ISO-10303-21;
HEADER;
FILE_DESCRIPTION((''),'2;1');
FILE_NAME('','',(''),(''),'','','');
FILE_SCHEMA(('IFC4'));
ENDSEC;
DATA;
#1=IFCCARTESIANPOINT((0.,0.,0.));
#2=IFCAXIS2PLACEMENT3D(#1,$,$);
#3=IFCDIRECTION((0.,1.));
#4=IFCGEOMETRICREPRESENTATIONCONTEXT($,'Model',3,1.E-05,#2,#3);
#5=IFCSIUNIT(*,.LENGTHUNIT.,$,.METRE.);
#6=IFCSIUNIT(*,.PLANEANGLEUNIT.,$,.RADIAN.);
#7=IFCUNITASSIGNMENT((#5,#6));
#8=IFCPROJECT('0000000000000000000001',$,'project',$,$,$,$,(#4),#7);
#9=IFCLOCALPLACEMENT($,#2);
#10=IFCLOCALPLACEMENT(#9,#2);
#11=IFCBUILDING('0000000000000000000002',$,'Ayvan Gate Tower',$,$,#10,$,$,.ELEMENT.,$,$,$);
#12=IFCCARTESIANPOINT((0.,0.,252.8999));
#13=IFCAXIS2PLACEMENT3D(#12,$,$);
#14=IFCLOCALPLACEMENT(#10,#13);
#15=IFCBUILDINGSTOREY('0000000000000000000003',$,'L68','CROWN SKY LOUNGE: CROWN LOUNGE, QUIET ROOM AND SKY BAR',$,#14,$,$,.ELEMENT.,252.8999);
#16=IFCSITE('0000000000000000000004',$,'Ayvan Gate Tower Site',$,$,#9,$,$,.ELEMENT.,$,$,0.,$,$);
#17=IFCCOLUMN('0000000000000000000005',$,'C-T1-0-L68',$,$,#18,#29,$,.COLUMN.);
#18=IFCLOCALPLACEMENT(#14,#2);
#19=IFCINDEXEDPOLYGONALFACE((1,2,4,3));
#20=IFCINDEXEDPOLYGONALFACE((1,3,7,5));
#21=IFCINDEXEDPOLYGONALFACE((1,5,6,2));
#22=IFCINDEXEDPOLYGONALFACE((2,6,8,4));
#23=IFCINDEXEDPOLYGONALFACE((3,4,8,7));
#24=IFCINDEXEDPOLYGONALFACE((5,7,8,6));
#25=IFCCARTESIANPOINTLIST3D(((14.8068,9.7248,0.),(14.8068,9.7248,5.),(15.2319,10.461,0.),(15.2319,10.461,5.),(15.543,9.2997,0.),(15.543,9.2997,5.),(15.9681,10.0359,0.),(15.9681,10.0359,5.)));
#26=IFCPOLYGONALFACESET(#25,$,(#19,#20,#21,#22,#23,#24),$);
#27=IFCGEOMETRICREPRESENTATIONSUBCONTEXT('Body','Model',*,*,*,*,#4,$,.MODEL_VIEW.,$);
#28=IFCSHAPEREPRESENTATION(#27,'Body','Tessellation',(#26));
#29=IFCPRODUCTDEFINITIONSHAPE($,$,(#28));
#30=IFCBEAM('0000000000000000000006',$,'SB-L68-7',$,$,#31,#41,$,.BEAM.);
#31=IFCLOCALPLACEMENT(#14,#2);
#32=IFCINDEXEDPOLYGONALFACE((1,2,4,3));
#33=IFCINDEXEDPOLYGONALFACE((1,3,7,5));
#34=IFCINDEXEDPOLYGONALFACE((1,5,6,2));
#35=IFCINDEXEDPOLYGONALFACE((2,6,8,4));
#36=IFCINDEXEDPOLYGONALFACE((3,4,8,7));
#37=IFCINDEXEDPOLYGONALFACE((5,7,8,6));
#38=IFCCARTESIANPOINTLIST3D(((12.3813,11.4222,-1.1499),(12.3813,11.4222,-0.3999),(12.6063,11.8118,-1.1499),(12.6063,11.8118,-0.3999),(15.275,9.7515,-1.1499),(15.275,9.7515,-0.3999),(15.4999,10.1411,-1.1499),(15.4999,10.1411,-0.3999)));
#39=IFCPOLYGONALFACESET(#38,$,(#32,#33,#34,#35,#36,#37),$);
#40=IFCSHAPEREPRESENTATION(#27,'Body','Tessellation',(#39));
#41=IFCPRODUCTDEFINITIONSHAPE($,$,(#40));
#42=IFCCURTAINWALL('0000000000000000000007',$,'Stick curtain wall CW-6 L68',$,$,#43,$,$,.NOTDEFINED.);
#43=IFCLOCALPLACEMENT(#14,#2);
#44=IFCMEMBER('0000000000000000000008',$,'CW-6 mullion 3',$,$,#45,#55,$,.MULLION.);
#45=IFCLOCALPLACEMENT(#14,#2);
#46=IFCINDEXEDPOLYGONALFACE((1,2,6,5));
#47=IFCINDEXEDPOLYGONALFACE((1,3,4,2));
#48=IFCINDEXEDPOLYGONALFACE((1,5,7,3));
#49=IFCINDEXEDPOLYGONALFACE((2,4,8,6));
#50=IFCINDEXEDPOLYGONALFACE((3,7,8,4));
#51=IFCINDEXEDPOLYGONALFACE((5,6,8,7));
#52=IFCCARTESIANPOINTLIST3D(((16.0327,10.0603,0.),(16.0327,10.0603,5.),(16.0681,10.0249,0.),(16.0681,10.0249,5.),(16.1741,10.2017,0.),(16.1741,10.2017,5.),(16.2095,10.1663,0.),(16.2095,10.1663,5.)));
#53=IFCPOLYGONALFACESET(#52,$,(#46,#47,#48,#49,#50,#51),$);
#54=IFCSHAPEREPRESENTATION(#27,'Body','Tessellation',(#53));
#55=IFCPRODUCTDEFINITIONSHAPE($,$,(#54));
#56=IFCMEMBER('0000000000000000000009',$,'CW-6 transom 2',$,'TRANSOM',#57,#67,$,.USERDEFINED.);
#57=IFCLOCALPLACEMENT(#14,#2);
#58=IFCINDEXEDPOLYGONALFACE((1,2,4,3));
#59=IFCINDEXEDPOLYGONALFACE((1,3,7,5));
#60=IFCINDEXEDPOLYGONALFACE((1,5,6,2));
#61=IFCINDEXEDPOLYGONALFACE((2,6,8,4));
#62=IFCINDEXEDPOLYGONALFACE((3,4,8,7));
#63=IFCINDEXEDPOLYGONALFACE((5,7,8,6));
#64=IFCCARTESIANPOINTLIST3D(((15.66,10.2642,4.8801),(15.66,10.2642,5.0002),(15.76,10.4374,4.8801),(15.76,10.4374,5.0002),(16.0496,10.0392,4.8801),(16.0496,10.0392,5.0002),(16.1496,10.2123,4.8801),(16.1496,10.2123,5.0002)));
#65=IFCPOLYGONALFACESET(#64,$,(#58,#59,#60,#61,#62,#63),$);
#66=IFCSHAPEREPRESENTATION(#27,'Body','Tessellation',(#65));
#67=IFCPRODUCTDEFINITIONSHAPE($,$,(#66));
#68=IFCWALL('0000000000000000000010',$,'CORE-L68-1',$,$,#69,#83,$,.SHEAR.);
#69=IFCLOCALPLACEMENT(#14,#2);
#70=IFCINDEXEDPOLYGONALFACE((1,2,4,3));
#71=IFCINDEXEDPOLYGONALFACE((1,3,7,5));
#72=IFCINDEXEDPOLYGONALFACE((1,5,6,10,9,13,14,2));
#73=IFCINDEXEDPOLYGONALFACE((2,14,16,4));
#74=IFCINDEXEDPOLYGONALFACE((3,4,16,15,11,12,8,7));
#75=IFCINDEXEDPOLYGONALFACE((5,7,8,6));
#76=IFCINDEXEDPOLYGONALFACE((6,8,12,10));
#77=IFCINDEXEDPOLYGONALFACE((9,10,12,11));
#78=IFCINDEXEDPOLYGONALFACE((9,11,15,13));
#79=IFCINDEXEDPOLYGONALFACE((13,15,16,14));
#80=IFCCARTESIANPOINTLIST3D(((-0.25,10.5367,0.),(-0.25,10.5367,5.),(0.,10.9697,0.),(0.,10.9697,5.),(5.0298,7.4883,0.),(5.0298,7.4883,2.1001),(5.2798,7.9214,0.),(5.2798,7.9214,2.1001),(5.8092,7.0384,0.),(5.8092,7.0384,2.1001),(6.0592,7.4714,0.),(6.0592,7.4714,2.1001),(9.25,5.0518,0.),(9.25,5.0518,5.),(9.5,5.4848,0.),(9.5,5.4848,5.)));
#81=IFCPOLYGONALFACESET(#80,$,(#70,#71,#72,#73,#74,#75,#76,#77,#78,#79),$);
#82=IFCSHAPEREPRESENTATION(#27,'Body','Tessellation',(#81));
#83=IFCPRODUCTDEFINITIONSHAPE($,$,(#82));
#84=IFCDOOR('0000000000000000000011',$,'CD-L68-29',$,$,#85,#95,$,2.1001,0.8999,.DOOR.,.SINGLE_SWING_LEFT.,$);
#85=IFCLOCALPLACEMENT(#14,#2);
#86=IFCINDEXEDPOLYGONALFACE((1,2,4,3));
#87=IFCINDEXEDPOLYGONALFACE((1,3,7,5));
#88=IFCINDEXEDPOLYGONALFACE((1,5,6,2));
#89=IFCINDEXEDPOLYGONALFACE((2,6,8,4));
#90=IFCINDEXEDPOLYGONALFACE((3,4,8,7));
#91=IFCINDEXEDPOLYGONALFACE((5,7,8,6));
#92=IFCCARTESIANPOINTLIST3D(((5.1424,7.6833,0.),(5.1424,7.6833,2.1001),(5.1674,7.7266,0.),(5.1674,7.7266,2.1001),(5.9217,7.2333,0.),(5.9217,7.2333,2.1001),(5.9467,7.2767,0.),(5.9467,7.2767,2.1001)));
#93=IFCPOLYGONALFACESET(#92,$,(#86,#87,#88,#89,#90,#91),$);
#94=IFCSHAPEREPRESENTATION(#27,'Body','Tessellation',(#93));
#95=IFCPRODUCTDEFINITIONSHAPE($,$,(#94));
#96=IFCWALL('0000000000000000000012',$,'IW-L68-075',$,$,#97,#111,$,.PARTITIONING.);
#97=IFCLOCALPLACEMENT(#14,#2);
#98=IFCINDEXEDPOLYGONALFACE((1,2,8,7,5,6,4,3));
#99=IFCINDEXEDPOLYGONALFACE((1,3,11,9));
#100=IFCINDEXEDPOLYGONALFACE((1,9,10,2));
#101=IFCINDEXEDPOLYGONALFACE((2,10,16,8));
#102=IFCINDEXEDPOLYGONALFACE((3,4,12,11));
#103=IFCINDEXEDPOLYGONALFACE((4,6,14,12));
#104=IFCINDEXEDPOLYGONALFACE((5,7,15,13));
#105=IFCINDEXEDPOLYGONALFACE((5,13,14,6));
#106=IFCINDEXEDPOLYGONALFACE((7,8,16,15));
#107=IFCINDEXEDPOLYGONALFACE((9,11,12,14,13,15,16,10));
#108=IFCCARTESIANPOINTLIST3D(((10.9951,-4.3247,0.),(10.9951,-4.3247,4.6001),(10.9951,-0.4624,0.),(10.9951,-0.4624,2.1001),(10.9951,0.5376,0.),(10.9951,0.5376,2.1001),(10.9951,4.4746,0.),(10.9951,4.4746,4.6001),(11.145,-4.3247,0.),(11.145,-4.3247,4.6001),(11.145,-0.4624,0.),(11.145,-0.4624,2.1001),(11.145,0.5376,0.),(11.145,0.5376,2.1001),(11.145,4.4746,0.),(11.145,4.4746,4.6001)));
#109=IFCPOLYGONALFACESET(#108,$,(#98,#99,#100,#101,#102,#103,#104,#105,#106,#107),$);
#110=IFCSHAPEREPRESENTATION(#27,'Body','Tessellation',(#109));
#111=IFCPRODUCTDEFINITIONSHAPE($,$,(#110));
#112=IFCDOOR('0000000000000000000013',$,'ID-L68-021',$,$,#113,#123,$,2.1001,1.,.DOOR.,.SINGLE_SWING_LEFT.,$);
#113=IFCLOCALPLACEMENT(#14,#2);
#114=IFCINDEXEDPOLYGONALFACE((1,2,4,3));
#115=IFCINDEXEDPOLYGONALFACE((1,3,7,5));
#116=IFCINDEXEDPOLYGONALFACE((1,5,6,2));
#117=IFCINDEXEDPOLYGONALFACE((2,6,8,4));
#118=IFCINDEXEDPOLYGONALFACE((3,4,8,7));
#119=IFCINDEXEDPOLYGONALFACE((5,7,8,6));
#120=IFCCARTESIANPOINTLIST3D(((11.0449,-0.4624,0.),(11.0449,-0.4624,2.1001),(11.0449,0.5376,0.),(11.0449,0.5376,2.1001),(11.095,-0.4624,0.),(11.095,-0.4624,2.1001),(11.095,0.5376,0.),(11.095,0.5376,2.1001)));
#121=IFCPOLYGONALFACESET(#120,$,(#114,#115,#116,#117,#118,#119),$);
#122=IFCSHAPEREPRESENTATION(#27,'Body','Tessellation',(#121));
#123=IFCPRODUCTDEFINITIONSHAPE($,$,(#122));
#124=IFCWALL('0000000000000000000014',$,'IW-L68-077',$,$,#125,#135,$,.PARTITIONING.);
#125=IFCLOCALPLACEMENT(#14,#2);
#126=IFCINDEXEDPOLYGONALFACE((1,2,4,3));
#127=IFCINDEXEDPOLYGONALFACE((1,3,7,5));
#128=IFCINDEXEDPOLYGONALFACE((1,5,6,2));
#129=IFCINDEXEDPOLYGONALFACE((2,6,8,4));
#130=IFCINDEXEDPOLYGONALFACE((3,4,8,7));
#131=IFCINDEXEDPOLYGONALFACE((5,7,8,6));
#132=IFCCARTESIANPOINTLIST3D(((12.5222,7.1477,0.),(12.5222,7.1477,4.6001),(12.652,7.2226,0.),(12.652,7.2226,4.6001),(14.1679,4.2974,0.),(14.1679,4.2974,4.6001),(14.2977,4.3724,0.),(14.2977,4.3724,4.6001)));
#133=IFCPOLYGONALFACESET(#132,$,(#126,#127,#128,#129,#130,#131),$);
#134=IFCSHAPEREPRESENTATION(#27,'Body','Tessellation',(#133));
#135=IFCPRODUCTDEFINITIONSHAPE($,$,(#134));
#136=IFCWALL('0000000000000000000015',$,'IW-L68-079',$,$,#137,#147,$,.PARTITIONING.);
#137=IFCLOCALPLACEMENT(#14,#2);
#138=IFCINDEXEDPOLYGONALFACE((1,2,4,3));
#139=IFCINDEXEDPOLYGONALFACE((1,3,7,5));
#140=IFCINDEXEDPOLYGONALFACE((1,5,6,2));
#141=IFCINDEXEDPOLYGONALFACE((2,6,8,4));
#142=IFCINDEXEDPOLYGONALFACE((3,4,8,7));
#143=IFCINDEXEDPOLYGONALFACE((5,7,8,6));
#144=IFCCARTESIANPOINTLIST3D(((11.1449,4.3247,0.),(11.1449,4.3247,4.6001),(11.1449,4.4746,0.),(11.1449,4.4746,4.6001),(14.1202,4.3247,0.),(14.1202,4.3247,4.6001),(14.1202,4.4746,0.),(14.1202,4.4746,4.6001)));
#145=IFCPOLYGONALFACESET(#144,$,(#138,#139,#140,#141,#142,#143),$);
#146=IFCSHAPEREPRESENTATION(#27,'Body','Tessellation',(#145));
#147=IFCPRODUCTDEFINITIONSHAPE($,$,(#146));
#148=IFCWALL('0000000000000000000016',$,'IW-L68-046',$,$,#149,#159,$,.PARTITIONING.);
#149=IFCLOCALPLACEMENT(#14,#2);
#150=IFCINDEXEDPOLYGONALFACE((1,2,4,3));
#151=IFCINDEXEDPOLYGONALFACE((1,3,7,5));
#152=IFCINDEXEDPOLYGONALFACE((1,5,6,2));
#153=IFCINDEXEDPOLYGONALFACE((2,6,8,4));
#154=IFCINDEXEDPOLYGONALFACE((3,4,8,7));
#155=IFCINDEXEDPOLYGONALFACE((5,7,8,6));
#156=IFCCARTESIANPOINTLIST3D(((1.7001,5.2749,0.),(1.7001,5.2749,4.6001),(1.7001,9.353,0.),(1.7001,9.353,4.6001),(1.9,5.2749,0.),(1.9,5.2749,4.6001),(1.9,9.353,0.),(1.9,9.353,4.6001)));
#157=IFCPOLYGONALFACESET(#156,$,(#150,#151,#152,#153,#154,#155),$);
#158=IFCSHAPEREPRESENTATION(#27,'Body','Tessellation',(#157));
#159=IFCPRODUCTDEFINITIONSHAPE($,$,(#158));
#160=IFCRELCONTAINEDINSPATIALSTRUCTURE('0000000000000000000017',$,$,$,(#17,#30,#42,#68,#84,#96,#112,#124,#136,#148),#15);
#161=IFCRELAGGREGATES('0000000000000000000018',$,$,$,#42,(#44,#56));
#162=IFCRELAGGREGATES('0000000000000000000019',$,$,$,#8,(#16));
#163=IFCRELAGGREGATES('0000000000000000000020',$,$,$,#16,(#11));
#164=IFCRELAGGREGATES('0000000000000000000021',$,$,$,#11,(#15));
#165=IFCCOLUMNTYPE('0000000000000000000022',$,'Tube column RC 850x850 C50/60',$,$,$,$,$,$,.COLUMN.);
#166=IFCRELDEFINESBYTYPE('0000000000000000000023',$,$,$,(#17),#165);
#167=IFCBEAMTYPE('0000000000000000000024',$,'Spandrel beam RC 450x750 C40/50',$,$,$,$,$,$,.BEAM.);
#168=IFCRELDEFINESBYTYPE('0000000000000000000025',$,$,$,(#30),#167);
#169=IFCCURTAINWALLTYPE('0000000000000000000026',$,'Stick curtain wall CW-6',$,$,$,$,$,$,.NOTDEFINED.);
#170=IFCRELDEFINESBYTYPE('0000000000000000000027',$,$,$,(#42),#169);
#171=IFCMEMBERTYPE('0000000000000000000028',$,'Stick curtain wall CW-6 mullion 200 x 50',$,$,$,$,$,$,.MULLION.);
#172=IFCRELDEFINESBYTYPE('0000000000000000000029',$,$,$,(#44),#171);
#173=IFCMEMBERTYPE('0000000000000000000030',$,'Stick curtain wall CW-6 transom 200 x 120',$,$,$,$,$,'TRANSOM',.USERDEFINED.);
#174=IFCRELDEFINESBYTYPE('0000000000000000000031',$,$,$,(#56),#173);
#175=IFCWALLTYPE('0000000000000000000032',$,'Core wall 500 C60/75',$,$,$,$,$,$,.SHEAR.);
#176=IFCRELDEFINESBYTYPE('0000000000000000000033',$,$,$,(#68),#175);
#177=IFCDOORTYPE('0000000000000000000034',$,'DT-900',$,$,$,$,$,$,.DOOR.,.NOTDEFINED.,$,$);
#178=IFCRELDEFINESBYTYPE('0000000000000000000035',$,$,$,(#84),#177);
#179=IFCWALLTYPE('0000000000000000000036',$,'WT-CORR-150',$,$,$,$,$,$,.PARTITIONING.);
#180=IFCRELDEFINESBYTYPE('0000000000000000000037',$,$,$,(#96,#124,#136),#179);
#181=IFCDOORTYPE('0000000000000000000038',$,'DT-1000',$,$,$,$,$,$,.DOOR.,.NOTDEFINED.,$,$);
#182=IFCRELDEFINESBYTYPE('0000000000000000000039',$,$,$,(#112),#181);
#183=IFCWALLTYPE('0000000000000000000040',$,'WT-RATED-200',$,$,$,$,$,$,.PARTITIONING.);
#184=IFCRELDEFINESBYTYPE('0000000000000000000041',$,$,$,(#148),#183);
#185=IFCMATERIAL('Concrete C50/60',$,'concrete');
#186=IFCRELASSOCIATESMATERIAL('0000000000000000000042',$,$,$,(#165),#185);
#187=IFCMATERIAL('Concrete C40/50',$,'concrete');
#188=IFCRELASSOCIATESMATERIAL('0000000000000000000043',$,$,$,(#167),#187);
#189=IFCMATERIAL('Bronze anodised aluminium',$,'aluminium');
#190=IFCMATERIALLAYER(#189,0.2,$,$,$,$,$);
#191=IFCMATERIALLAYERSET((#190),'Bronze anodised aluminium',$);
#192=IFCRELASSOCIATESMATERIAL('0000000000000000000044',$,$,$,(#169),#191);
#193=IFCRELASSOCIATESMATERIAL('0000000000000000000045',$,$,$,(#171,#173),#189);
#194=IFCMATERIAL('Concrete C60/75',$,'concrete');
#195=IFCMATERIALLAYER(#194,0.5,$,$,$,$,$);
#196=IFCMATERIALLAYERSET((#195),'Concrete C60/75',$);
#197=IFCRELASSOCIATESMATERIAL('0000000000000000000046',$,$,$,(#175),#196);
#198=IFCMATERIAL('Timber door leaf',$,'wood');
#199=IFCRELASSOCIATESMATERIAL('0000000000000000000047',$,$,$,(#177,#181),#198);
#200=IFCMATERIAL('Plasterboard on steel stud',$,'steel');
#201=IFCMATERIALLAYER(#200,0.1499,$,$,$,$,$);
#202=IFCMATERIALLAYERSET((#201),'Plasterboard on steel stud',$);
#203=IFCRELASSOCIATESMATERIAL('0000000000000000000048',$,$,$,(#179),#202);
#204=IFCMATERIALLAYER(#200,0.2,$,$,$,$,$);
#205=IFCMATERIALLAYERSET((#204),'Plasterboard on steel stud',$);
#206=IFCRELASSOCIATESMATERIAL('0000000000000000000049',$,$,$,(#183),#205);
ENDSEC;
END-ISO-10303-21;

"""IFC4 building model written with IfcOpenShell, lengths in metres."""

from ifc_helpers import new_model, si_unit, direction, frame, frame_2d, origin, origin_2d, place, context, subcontext, project, spatial, rectangle, extrude, material, layer, layer_set, material_profile, profile_set, type_object, element, fill, aggregate, save


model = new_model("IFC4")

# Units and contexts
model_context = context("Model", 3, precision=1e-05, world=origin(), true_north=direction((0.0, 1.0)))
body_context = subcontext(model_context, "Body", "Model", "MODEL_VIEW")
ifc_project = project(units=[si_unit("LENGTHUNIT", "METRE"), si_unit("PLANEANGLEUNIT", "RADIAN")], contexts=[model_context])

# Site, building, storey
site_placement = place(None, origin())
site = spatial("IfcSite", under=ifc_project, at=site_placement, Name="Ayvan Gate Tower Site", CompositionType="ELEMENT", RefElevation=0.0)
building_placement = place(site_placement, origin())
building = spatial("IfcBuilding", under=site, at=building_placement, Name="Ayvan Gate Tower", CompositionType="ELEMENT")
storey_placement = place(building_placement, frame((0.0, 0.0, 252.8999)))
storey = spatial("IfcBuildingStorey", under=building, at=storey_placement, Name="L68", Description="CROWN SKY LOUNGE: CROWN LOUNGE, QUIET ROOM AND SKY BAR", CompositionType="ELEMENT", Elevation=252.8999)

# Column
ifc_material_1 = material(Name="Concrete C50/60", Category="concrete")
ifc_material_profile_1 = material_profile(ifc_material_1, rectangle(XDim=0.8501, YDim=0.8501, at=origin_2d()), Name="RC 850x850")
ifc_profile_set_1 = profile_set([ifc_material_profile_1], Name="Concrete C50/60")
column_type = type_object("IfcColumnType", Name="Tube column RC 850x850 C50/60", PredefinedType="COLUMN", material=ifc_profile_set_1)
column_placement = place(storey_placement, frame((15.3875, 9.8804, 0.0), z_axis=(0.0, 0.0, 1.0), x_axis=(0.5, 0.866025, 0.0)))
element("IfcColumn", 1, at=column_placement, inside=storey, type_object=column_type, Name="C-T1-0-L68", PredefinedType="COLUMN", context=body_context, shape_type="SweptSolid", body=[
    extrude(rectangle(XDim=0.8501, YDim=0.8501, at=origin_2d()), origin(), (0.0, 0.0, 1.0), 5.0),
])

# Beam
ifc_material_2 = material(Name="Concrete C40/50", Category="concrete")
ifc_material_profile_2 = material_profile(ifc_material_2, rectangle(XDim=0.45, YDim=0.75, at=origin_2d()), Name="RC 450x750")
ifc_profile_set_2 = profile_set([ifc_material_profile_2], Name="Concrete C40/50")
beam_type = type_object("IfcBeamType", Name="Spandrel beam RC 450x750 C40/50", PredefinedType="BEAM", material=ifc_profile_set_2)
beam_placement = place(storey_placement, frame((15.3875, 9.9463, -0.7749), z_axis=(-0.866018, 0.500013, 0.0), x_axis=(-0.500013, -0.866018, 0.0)))
element("IfcBeam", 2, at=beam_placement, inside=storey, type_object=beam_type, Name="SB-L68-7", PredefinedType="BEAM", context=body_context, shape_type="SweptSolid", body=[
    extrude(rectangle(XDim=0.45, YDim=0.75, at=origin_2d()), origin(), (0.0, 0.0, 1.0), 3.3413),
])

# Curtain wall, members
ifc_material_3 = material(Name="Bronze anodised aluminium", Category="aluminium")
ifc_layer_1 = layer(ifc_material_3, 0.2)
ifc_layer_set_1 = layer_set([ifc_layer_1], Name="Bronze anodised aluminium")
curtain_wall_type = type_object("IfcCurtainWallType", Name="Stick curtain wall CW-6", PredefinedType="NOTDEFINED", material=ifc_layer_set_1)
curtain_wall_placement = place(storey_placement, origin())
curtain_wall = element("IfcCurtainWall", 3, at=curtain_wall_placement, inside=storey, type_object=curtain_wall_type, Name="Stick curtain wall CW-6 L68", PredefinedType="NOTDEFINED")
ifc_material_profile_3 = material_profile(ifc_material_3, rectangle(XDim=0.2, YDim=0.05, at=origin_2d()), Name="Stick curtain wall CW-6 mullion 200 x 50")
ifc_profile_set_3 = profile_set([ifc_material_profile_3], Name="Bronze anodised aluminium")
member_type_1 = type_object("IfcMemberType", Name="Stick curtain wall CW-6 mullion 200 x 50", PredefinedType="MULLION", material=ifc_profile_set_3)
member_1_placement = place(storey_placement, frame((16.1211, 10.1133, 0.0), z_axis=(0.0, 0.0, 1.0), x_axis=(0.707107, 0.707107, 0.0)))
member_1 = element("IfcMember", 4, at=member_1_placement, type_object=member_type_1, Name="CW-6 mullion 3", PredefinedType="MULLION", context=body_context, shape_type="SweptSolid", body=[
    extrude(rectangle(XDim=0.2, YDim=0.05, at=origin_2d()), origin(), (0.0, 0.0, 1.0), 5.0),
])
ifc_material_profile_4 = material_profile(ifc_material_3, rectangle(XDim=0.2, YDim=0.1201, at=origin_2d()), Name="Stick curtain wall CW-6 transom 200 x 120")
ifc_profile_set_4 = profile_set([ifc_material_profile_4], Name="Bronze anodised aluminium")
member_type_2 = type_object("IfcMemberType", Name="Stick curtain wall CW-6 transom 200 x 120", ElementType="TRANSOM", PredefinedType="USERDEFINED", material=ifc_profile_set_4)
member_2_placement = place(storey_placement, frame((16.0996, 10.1257, 4.9402), z_axis=(-0.865896, 0.500223, 0.0), x_axis=(-0.500223, -0.865896, 0.0)))
member_2 = element("IfcMember", 5, at=member_2_placement, type_object=member_type_2, Name="CW-6 transom 2", ObjectType="TRANSOM", PredefinedType="USERDEFINED", context=body_context, shape_type="SweptSolid", body=[
    extrude(rectangle(XDim=0.2, YDim=0.1201, at=origin_2d()), origin(), (0.0, 0.0, 1.0), 0.45),
])
aggregate(curtain_wall, [member_1, member_2])

# Walls, openings, doors
ifc_material_4 = material(Name="Concrete C60/75", Category="concrete")
ifc_layer_2 = layer(ifc_material_4, 0.5)
ifc_layer_set_2 = layer_set([ifc_layer_2], Name="Concrete C60/75")
wall_type_1 = type_object("IfcWallType", Name="Core wall 500 C60/75", PredefinedType="SHEAR", material=ifc_layer_set_2)
wall_1_placement = place(storey_placement, frame((9.375, 5.2683, 0.0), z_axis=(0.0, 0.0, 1.0), x_axis=(-0.866024, 0.500002, 0.0)))
wall_1 = element("IfcWall", 6, at=wall_1_placement, inside=storey, type_object=wall_type_1, Name="CORE-L68-1", PredefinedType="SHEAR", context=body_context, shape_type="SweptSolid", body=[
    extrude(rectangle(XDim=10.9697, YDim=0.5, at=frame_2d((5.4849, 0.0))), origin(), (0.0, 0.0, 1.0), 5.0),
])
opening_1_placement = place(wall_1_placement, frame((3.9731, 0.0, 0.0)))
opening_1 = element("IfcOpeningElement", 7, at=opening_1_placement, cuts=wall_1, PredefinedType="OPENING", context=body_context, shape_type="SweptSolid", body=[
    extrude(rectangle(XDim=0.8999, YDim=2.1001, at=frame_2d((0.45, 1.05))), frame((0.0, 0.26, 0.0), z_axis=(0.0, -1.0, 0.0), x_axis=(1.0, 0.0, 0.0)), (0.0, 0.0, 1.0), 0.52),
])
ifc_material_5 = material(Name="Timber door leaf", Category="wood")
door_type_1 = type_object("IfcDoorType", Name="DT-900", OperationType="NOTDEFINED", PredefinedType="DOOR", material=ifc_material_5)
door_1_placement = place(opening_1_placement, origin())
door_1 = element("IfcDoor", 8, at=door_1_placement, inside=storey, type_object=door_type_1, Name="CD-L68-29", OperationType="SINGLE_SWING_LEFT", OverallHeight=2.1001, OverallWidth=0.8999, PredefinedType="DOOR", context=body_context, shape_type="SweptSolid", body=[
    extrude(rectangle(XDim=0.8999, YDim=2.1001, at=frame_2d((0.45, 1.05))), frame((0.0, 0.0249, 0.0), z_axis=(0.0, -1.0, 0.0), x_axis=(1.0, 0.0, 0.0)), (0.0, 0.0, 1.0), 0.05),
])
fill(opening_1, door_1)
ifc_material_6 = material(Name="Plasterboard on steel stud", Category="steel")
ifc_layer_3 = layer(ifc_material_6, 0.1499)
ifc_layer_set_3 = layer_set([ifc_layer_3], Name="Plasterboard on steel stud")
wall_type_2 = type_object("IfcWallType", Name="WT-CORR-150", PredefinedType="PARTITIONING", material=ifc_layer_set_3)
wall_2_placement = place(storey_placement, frame((11.0701, 4.4746, 0.0), z_axis=(0.0, 0.0, 1.0), x_axis=(0.0, -1.0, 0.0)))
wall_2 = element("IfcWall", 9, at=wall_2_placement, inside=storey, type_object=wall_type_2, Name="IW-L68-075", PredefinedType="PARTITIONING", context=body_context, shape_type="SweptSolid", body=[
    extrude(rectangle(XDim=8.7993, YDim=0.1499, at=frame_2d((4.3997, 0.0))), origin(), (0.0, 0.0, 1.0), 4.6001),
])
opening_2_placement = place(wall_2_placement, frame((3.937, 0.0, 0.0)))
opening_2 = element("IfcOpeningElement", 10, at=opening_2_placement, cuts=wall_2, PredefinedType="OPENING", context=body_context, shape_type="SweptSolid", body=[
    extrude(rectangle(XDim=1.0, YDim=2.1001, at=frame_2d((0.5, 1.05))), frame((0.0, 0.085, 0.0), z_axis=(0.0, -1.0, 0.0), x_axis=(1.0, 0.0, 0.0)), (0.0, 0.0, 1.0), 0.1699),
])
door_type_2 = type_object("IfcDoorType", Name="DT-1000", OperationType="NOTDEFINED", PredefinedType="DOOR", material=ifc_material_5)
door_2_placement = place(opening_2_placement, origin())
door_2 = element("IfcDoor", 11, at=door_2_placement, inside=storey, type_object=door_type_2, Name="ID-L68-021", OperationType="SINGLE_SWING_LEFT", OverallHeight=2.1001, OverallWidth=1.0, PredefinedType="DOOR", context=body_context, shape_type="SweptSolid", body=[
    extrude(rectangle(XDim=1.0, YDim=2.1001, at=frame_2d((0.5, 1.05))), frame((0.0, 0.0249, 0.0), z_axis=(0.0, -1.0, 0.0), x_axis=(1.0, 0.0, 0.0)), (0.0, 0.0, 1.0), 0.05),
])
fill(opening_2, door_2)

# Walls
wall_3_placement = place(storey_placement, frame((12.5872, 7.1851, 0.0), z_axis=(0.0, 0.0, 1.0), x_axis=(0.500024, -0.866011, 0.0)))
element("IfcWall", 12, at=wall_3_placement, inside=storey, type_object=wall_type_2, Name="IW-L68-077", PredefinedType="PARTITIONING", context=body_context, shape_type="SweptSolid", body=[
    extrude(rectangle(XDim=3.2913, YDim=0.1499, at=frame_2d((1.6455, 0.0))), origin(), (0.0, 0.0, 1.0), 4.6001),
])
wall_4_placement = place(storey_placement, frame((14.1204, 4.3997, 0.0), z_axis=(0.0, 0.0, 1.0), x_axis=(-1.0, 0.0, 0.0)))
element("IfcWall", 13, at=wall_4_placement, inside=storey, type_object=wall_type_2, Name="IW-L68-079", PredefinedType="PARTITIONING", context=body_context, shape_type="SweptSolid", body=[
    extrude(rectangle(XDim=2.9753, YDim=0.1499, at=frame_2d((1.4878, 0.0))), origin(), (0.0, 0.0, 1.0), 4.6001),
])
ifc_layer_4 = layer(ifc_material_6, 0.2)
ifc_layer_set_4 = layer_set([ifc_layer_4], Name="Plasterboard on steel stud")
wall_type_3 = type_object("IfcWallType", Name="WT-RATED-200", PredefinedType="PARTITIONING", material=ifc_layer_set_4)
wall_5_placement = place(storey_placement, frame((1.8, 9.353, 0.0), z_axis=(0.0, 0.0, 1.0), x_axis=(0.0, -1.0, 0.0)))
element("IfcWall", 14, at=wall_5_placement, inside=storey, type_object=wall_type_3, Name="IW-L68-046", PredefinedType="PARTITIONING", context=body_context, shape_type="SweptSolid", body=[
    extrude(rectangle(XDim=4.0781, YDim=0.2, at=frame_2d((2.0391, 0.0))), origin(), (0.0, 0.0, 1.0), 4.6001),
])

save(model, "model.ifc")
